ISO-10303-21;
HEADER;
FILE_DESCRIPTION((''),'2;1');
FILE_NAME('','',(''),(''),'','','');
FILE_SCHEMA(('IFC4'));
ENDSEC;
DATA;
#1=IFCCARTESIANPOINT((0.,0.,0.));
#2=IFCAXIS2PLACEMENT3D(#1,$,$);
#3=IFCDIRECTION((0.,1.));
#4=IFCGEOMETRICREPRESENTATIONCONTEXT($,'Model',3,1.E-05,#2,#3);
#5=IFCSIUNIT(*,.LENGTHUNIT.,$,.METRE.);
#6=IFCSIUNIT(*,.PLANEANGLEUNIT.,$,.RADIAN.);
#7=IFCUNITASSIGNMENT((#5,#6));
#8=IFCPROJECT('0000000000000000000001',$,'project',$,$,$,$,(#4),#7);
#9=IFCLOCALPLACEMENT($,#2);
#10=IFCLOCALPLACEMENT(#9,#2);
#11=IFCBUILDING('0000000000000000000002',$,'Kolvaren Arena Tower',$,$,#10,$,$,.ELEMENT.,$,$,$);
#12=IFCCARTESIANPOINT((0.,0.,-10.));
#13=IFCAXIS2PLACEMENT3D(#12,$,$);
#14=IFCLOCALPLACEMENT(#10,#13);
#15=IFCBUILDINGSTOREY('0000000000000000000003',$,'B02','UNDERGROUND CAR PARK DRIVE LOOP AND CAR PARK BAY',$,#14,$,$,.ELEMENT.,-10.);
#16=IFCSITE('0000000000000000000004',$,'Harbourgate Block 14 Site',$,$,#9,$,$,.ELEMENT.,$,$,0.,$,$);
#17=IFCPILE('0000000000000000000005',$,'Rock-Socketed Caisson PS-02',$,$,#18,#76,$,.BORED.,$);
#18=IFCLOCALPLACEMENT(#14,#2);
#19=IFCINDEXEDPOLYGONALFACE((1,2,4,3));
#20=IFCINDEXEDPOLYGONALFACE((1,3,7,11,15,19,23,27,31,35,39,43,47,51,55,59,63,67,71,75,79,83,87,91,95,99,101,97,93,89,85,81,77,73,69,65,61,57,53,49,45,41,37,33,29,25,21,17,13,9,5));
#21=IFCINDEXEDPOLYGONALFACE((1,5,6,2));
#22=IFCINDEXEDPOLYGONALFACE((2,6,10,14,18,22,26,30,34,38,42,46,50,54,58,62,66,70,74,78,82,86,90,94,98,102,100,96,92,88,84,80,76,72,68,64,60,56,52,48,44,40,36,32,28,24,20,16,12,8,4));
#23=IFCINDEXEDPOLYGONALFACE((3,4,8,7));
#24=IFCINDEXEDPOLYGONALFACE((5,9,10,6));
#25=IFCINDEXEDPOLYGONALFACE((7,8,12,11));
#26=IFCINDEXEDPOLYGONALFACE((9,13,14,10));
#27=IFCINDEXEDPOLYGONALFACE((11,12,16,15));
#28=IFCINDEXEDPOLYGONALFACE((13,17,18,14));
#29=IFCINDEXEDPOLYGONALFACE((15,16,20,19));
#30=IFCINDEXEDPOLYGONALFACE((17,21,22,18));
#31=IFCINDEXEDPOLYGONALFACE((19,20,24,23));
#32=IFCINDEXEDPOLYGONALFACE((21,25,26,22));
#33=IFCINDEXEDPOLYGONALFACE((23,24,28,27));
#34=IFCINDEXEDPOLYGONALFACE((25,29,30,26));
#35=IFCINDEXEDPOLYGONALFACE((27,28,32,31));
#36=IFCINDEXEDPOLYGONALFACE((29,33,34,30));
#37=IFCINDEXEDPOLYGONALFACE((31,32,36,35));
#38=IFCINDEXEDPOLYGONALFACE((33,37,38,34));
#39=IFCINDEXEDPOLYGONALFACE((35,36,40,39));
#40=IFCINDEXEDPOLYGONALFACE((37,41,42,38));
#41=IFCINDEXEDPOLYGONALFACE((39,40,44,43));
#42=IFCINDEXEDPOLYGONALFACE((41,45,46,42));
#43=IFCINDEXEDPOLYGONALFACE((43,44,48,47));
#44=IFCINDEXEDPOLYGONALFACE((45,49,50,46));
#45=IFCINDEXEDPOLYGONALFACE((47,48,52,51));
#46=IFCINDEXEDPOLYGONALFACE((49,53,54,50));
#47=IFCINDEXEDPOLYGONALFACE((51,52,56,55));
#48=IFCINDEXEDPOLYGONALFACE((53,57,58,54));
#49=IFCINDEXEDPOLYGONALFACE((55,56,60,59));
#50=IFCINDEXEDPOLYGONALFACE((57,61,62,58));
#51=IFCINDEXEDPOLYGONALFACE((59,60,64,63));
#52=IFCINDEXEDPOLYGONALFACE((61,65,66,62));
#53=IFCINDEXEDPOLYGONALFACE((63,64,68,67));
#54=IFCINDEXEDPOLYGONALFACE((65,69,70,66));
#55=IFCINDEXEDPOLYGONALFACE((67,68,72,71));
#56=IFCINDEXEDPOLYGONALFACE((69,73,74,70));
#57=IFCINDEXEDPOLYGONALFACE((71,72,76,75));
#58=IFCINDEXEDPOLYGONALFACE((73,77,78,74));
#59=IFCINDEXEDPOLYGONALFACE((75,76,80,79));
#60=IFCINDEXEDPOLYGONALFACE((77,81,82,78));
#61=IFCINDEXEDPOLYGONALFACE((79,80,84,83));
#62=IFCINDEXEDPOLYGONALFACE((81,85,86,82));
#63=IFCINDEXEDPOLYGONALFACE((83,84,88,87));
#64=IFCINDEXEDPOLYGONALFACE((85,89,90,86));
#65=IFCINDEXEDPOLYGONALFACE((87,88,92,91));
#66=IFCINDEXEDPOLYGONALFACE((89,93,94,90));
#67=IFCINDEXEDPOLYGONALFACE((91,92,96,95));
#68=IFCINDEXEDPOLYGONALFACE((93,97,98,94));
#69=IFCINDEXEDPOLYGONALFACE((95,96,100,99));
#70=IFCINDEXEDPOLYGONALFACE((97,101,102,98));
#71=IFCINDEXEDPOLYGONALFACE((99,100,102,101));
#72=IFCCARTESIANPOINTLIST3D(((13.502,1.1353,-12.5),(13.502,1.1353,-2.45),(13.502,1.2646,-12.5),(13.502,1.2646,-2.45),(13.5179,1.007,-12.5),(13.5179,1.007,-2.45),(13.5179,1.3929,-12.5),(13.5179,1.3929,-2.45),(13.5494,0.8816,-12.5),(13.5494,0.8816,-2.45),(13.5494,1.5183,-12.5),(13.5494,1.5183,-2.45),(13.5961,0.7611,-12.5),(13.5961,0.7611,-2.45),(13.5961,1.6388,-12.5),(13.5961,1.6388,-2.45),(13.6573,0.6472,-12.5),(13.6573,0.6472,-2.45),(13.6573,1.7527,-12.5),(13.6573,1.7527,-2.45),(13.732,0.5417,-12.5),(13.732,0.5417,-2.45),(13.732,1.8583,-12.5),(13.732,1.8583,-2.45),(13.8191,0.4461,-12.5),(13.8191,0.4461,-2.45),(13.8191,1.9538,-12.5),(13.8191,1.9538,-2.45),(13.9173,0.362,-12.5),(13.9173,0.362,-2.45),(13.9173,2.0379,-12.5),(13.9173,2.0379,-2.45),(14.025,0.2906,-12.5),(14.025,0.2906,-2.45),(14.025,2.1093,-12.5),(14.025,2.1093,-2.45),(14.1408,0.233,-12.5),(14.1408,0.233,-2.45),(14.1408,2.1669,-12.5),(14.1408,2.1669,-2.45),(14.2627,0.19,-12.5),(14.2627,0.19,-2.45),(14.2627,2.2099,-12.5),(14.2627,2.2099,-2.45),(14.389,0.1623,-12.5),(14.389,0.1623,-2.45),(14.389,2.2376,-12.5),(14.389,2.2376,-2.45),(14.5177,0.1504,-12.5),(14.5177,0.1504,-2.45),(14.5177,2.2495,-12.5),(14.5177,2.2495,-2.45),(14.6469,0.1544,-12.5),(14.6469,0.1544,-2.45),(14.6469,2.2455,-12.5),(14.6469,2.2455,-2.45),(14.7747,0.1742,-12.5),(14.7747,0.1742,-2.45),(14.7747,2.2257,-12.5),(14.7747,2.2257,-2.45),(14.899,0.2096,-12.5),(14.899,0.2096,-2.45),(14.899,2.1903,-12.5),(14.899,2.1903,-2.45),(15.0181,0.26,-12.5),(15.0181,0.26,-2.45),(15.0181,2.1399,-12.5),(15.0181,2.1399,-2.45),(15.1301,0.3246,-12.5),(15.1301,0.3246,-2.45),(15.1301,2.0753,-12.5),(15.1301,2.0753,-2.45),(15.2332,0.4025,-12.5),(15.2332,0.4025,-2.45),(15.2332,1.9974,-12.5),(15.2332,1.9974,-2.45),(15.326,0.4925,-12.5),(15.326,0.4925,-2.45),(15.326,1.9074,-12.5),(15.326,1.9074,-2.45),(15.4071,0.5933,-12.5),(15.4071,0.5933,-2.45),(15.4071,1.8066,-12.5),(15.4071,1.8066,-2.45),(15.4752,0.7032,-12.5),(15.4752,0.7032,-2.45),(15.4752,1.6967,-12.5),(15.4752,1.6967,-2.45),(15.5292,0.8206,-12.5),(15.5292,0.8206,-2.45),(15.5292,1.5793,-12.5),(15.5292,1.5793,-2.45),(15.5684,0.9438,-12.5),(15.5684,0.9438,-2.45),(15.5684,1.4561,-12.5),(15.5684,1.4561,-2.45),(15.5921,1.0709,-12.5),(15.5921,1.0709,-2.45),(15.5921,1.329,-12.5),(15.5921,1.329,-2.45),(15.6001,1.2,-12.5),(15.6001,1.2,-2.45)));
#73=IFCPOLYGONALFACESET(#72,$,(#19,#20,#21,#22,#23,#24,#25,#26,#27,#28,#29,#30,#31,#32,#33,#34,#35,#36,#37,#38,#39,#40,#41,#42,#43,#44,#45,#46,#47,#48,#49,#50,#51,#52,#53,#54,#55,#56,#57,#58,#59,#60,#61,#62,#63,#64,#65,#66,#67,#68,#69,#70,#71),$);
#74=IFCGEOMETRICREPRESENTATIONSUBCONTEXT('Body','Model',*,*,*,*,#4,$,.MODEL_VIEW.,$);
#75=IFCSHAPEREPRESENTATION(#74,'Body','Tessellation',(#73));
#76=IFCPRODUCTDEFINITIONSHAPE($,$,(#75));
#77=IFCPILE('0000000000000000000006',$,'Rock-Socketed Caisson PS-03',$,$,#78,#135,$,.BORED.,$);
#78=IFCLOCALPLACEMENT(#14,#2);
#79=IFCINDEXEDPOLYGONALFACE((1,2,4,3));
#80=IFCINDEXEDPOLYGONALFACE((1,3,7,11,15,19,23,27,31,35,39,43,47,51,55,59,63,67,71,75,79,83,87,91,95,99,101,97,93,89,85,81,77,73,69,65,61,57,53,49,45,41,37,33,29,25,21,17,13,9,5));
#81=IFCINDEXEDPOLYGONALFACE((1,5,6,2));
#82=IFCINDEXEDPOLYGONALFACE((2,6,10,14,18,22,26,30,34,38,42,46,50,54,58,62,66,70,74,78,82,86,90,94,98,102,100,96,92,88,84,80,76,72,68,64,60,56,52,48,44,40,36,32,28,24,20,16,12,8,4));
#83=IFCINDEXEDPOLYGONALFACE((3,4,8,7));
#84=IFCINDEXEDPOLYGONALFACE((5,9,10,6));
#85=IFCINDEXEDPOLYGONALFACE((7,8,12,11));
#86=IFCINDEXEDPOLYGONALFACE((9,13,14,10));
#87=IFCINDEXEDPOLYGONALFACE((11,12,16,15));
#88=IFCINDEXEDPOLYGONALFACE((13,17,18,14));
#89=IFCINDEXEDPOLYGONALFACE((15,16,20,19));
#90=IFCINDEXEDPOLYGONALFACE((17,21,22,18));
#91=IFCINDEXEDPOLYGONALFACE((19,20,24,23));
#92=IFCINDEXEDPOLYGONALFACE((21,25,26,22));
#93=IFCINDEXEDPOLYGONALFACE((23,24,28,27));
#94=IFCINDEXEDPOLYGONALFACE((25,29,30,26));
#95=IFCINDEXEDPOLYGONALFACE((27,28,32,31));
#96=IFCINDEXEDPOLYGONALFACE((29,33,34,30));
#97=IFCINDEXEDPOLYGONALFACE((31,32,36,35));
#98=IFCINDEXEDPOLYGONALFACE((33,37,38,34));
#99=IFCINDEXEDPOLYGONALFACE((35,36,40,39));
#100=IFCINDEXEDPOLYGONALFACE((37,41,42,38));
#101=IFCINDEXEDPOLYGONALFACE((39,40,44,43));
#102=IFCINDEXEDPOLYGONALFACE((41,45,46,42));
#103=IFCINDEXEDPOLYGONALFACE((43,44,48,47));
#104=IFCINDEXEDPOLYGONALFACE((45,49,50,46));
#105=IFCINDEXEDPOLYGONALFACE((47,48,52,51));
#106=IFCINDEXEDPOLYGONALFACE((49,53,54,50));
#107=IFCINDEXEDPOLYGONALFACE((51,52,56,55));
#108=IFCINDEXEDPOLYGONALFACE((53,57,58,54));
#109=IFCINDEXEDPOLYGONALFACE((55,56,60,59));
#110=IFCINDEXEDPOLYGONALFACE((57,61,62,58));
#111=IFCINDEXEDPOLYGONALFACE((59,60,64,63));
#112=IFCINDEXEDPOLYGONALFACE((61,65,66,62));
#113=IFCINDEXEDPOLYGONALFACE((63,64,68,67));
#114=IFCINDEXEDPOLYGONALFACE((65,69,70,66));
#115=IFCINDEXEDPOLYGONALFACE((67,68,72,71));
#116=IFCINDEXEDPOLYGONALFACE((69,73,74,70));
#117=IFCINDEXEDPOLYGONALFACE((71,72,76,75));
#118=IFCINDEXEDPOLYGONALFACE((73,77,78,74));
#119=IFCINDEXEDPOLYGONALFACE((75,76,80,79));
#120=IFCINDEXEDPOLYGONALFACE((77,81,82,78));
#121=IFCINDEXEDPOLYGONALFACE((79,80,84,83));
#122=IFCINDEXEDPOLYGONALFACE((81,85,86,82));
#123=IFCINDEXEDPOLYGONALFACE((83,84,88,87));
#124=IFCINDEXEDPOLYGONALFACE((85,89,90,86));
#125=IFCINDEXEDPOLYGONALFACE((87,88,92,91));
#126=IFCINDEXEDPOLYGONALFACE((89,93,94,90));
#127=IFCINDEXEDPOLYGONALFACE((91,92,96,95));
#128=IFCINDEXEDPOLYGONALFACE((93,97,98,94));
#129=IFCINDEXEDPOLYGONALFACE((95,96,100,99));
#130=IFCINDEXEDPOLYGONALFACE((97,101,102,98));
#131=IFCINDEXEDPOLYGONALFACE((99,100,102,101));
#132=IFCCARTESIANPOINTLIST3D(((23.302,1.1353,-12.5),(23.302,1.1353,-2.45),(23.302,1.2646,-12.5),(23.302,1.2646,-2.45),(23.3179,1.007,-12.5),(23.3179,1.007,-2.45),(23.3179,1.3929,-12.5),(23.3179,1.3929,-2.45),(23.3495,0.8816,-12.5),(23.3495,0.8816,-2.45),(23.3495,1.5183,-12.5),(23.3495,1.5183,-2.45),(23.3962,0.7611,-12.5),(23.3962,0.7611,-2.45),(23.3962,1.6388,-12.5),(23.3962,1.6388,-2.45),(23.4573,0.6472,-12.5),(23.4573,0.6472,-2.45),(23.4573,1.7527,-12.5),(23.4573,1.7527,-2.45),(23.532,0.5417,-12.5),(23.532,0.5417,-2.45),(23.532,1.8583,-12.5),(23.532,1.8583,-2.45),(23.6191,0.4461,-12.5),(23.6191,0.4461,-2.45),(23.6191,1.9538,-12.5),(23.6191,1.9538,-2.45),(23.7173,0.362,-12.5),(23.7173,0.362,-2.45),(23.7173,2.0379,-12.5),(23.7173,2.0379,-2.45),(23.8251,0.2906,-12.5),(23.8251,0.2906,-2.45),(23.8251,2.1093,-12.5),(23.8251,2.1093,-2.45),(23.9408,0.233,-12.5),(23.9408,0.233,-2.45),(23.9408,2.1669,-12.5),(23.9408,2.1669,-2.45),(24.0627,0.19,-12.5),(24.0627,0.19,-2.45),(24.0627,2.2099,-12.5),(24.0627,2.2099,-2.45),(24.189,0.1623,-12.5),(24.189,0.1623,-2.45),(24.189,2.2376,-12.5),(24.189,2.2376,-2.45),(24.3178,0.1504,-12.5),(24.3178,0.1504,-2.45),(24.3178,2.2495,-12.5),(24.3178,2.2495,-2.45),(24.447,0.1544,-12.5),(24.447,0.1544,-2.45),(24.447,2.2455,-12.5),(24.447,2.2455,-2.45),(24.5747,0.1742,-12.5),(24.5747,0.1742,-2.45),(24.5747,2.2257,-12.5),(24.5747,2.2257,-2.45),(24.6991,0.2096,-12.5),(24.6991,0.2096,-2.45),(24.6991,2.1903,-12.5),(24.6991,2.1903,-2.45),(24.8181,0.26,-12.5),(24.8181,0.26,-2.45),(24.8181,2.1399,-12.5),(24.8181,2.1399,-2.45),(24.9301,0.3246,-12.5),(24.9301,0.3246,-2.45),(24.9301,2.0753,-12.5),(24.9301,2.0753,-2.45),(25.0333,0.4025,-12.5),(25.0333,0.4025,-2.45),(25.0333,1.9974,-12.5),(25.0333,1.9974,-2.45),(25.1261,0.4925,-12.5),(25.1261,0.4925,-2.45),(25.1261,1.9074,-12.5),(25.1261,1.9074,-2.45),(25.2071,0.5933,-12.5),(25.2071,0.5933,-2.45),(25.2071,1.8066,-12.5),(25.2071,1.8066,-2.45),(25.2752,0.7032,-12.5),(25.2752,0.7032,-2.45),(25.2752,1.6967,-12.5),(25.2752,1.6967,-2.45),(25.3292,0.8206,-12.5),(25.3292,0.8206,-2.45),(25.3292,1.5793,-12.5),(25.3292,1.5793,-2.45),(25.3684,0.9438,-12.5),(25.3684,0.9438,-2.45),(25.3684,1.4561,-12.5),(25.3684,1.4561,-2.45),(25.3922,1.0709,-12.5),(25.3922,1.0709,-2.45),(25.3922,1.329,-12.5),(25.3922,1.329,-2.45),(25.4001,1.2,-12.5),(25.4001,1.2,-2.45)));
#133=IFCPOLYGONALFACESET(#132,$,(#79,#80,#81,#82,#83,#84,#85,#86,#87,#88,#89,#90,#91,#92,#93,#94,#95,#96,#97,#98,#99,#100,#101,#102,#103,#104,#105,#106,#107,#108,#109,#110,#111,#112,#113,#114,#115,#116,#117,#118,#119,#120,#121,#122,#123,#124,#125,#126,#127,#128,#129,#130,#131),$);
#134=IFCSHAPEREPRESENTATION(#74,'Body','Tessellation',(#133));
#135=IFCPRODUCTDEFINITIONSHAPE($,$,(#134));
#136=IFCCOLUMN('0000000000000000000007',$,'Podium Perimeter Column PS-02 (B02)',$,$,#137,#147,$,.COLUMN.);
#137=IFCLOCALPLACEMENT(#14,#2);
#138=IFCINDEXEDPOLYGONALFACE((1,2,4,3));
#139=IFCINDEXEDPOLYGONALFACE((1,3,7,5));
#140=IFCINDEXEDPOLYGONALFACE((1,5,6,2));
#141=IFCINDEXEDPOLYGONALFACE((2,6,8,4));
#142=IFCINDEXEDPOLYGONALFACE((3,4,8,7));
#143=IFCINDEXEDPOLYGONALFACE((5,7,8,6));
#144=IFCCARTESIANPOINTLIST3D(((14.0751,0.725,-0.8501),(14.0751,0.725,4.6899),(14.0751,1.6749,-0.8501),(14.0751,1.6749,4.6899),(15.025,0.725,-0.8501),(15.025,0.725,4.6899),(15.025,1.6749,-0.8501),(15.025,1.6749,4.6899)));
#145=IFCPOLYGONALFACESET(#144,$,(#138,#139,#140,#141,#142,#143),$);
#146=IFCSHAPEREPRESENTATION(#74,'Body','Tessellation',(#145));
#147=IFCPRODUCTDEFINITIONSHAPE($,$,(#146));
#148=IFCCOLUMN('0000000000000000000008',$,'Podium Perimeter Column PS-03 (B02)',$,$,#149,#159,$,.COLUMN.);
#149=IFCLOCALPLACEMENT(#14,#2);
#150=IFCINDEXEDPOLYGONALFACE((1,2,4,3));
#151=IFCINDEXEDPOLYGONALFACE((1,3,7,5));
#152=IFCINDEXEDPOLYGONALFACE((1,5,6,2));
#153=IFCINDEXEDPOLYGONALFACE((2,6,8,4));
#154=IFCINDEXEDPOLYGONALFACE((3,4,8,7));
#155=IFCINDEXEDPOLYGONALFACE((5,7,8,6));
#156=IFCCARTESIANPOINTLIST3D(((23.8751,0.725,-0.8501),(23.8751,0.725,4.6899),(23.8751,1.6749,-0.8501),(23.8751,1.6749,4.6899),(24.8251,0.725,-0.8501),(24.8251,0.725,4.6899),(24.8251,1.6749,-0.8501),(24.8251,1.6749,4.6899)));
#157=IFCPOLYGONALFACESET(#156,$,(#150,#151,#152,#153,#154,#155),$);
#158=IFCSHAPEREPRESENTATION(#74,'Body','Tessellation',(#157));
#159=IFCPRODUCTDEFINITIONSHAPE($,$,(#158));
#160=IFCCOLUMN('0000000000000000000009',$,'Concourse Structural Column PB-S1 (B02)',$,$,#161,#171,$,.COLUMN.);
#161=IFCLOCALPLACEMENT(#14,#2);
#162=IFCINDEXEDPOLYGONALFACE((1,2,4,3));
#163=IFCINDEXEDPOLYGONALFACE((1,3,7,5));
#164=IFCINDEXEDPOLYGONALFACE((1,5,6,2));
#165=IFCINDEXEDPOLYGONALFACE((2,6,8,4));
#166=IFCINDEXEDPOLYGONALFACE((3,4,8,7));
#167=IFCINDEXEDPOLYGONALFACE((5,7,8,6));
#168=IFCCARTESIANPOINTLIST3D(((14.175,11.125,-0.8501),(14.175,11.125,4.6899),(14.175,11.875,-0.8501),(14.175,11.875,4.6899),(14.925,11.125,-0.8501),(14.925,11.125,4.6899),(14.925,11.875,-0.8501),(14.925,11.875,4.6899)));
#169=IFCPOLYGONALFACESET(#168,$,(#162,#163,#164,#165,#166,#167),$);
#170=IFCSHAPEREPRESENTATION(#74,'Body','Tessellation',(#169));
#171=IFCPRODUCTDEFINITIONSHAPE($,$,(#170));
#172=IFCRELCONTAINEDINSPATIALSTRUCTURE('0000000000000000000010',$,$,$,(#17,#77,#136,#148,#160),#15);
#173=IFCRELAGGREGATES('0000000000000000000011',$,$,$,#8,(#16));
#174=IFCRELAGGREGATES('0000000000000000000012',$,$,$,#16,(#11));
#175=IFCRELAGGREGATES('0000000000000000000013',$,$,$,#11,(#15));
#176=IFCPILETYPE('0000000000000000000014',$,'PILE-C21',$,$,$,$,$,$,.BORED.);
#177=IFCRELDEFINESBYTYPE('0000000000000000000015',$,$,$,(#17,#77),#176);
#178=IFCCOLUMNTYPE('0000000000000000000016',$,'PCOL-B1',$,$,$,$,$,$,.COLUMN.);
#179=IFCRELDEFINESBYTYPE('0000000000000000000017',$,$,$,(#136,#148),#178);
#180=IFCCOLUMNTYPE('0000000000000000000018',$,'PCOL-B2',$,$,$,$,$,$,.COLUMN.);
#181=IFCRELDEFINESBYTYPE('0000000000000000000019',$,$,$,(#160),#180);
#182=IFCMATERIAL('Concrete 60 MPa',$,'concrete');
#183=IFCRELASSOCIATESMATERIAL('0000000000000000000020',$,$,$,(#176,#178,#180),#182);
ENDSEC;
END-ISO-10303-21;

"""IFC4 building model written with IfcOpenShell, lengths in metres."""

from ifc_helpers import new_model, si_unit, direction, frame, origin, origin_2d, place, context, subcontext, project, spatial, rectangle, circle, extrude, material, material_profile, profile_set, type_object, element, save


model = new_model("IFC4")

# Units and contexts
model_context = context("Model", 3, precision=1e-05, world=origin(), true_north=direction((0.0, 1.0)))
body_context = subcontext(model_context, "Body", "Model", "MODEL_VIEW")
ifc_project = project(units=[si_unit("LENGTHUNIT", "METRE"), si_unit("PLANEANGLEUNIT", "RADIAN")], contexts=[model_context])

# Site, building, storey
site_placement = place(None, origin())
site = spatial("IfcSite", under=ifc_project, at=site_placement, Name="Harbourgate Block 14 Site", CompositionType="ELEMENT", RefElevation=0.0)
building_placement = place(site_placement, origin())
building = spatial("IfcBuilding", under=site, at=building_placement, Name="Kolvaren Arena Tower", CompositionType="ELEMENT")
storey_placement = place(building_placement, frame((0.0, 0.0, -10.0)))
storey = spatial("IfcBuildingStorey", under=building, at=storey_placement, Name="B02", Description="UNDERGROUND CAR PARK DRIVE LOOP AND CAR PARK BAY", CompositionType="ELEMENT", Elevation=-10.0)

# Piles
ifc_material_1 = material(Name="Concrete 60 MPa", Category="concrete")
ifc_material_profile_1 = material_profile(ifc_material_1, circle(Radius=1.05, at=origin_2d()), Name="CAISSON-D2100")
ifc_profile_set_1 = profile_set([ifc_material_profile_1], Name="Concrete 60 MPa")
pile_type_1 = type_object("IfcPileType", Name="PILE-C21", PredefinedType="BORED", material=ifc_profile_set_1)
for number, where, z_axis, x_axis, name in (
    (1, (14.55, 1.2, -2.45), (0.0, 0.0, -1.0), (1.0, 0.0, 0.0), "Rock-Socketed Caisson PS-02"),
    (2, (24.3501, 1.2, -2.45), (0.0, 0.0, -1.0), (1.0, 0.0, 0.0), "Rock-Socketed Caisson PS-03"),
):
    element("IfcPile", number, at=place(storey_placement, frame(where, z_axis=z_axis, x_axis=x_axis)), inside=storey, type_object=pile_type_1, Name=name, PredefinedType="BORED", context=body_context, shape_type="SweptSolid", body=[
        extrude(circle(Radius=1.05, at=origin_2d()), origin(), (0.0, 0.0, 1.0), 10.05),
    ])

# Columns
ifc_material_profile_2 = material_profile(ifc_material_1, rectangle(XDim=0.95, YDim=0.95, at=origin_2d()), Name="RC-950x950")
ifc_profile_set_2 = profile_set([ifc_material_profile_2], Name="Concrete 60 MPa")
column_type_1 = type_object("IfcColumnType", Name="PCOL-B1", PredefinedType="COLUMN", material=ifc_profile_set_2)
for number, where, z_axis, x_axis, name in (
    (3, (14.55, 1.2, -0.8501), (0.0, 0.0, 1.0), (1.0, 0.0, 0.0), "Podium Perimeter Column PS-02 (B02)"),
    (4, (24.3501, 1.2, -0.8501), (0.0, 0.0, 1.0), (1.0, 0.0, 0.0), "Podium Perimeter Column PS-03 (B02)"),
):
    element("IfcColumn", number, at=place(storey_placement, frame(where, z_axis=z_axis, x_axis=x_axis)), inside=storey, type_object=column_type_1, Name=name, PredefinedType="COLUMN", context=body_context, shape_type="SweptSolid", body=[
        extrude(rectangle(XDim=0.95, YDim=0.95, at=origin_2d()), origin(), (0.0, 0.0, 1.0), 5.54),
    ])
ifc_material_profile_3 = material_profile(ifc_material_1, rectangle(XDim=0.75, YDim=0.75, at=origin_2d()), Name="RC-750x750")
ifc_profile_set_3 = profile_set([ifc_material_profile_3], Name="Concrete 60 MPa")
column_type_2 = type_object("IfcColumnType", Name="PCOL-B2", PredefinedType="COLUMN", material=ifc_profile_set_3)
column_placement = place(storey_placement, frame((14.55, 11.5, -0.8501), z_axis=(0.0, 0.0, 1.0), x_axis=(1.0, 0.0, 0.0)))
element("IfcColumn", 5, at=column_placement, inside=storey, type_object=column_type_2, Name="Concourse Structural Column PB-S1 (B02)", PredefinedType="COLUMN", context=body_context, shape_type="SweptSolid", body=[
    extrude(rectangle(XDim=0.75, YDim=0.75, at=origin_2d()), origin(), (0.0, 0.0, 1.0), 5.54),
])

save(model, "model.ifc")
